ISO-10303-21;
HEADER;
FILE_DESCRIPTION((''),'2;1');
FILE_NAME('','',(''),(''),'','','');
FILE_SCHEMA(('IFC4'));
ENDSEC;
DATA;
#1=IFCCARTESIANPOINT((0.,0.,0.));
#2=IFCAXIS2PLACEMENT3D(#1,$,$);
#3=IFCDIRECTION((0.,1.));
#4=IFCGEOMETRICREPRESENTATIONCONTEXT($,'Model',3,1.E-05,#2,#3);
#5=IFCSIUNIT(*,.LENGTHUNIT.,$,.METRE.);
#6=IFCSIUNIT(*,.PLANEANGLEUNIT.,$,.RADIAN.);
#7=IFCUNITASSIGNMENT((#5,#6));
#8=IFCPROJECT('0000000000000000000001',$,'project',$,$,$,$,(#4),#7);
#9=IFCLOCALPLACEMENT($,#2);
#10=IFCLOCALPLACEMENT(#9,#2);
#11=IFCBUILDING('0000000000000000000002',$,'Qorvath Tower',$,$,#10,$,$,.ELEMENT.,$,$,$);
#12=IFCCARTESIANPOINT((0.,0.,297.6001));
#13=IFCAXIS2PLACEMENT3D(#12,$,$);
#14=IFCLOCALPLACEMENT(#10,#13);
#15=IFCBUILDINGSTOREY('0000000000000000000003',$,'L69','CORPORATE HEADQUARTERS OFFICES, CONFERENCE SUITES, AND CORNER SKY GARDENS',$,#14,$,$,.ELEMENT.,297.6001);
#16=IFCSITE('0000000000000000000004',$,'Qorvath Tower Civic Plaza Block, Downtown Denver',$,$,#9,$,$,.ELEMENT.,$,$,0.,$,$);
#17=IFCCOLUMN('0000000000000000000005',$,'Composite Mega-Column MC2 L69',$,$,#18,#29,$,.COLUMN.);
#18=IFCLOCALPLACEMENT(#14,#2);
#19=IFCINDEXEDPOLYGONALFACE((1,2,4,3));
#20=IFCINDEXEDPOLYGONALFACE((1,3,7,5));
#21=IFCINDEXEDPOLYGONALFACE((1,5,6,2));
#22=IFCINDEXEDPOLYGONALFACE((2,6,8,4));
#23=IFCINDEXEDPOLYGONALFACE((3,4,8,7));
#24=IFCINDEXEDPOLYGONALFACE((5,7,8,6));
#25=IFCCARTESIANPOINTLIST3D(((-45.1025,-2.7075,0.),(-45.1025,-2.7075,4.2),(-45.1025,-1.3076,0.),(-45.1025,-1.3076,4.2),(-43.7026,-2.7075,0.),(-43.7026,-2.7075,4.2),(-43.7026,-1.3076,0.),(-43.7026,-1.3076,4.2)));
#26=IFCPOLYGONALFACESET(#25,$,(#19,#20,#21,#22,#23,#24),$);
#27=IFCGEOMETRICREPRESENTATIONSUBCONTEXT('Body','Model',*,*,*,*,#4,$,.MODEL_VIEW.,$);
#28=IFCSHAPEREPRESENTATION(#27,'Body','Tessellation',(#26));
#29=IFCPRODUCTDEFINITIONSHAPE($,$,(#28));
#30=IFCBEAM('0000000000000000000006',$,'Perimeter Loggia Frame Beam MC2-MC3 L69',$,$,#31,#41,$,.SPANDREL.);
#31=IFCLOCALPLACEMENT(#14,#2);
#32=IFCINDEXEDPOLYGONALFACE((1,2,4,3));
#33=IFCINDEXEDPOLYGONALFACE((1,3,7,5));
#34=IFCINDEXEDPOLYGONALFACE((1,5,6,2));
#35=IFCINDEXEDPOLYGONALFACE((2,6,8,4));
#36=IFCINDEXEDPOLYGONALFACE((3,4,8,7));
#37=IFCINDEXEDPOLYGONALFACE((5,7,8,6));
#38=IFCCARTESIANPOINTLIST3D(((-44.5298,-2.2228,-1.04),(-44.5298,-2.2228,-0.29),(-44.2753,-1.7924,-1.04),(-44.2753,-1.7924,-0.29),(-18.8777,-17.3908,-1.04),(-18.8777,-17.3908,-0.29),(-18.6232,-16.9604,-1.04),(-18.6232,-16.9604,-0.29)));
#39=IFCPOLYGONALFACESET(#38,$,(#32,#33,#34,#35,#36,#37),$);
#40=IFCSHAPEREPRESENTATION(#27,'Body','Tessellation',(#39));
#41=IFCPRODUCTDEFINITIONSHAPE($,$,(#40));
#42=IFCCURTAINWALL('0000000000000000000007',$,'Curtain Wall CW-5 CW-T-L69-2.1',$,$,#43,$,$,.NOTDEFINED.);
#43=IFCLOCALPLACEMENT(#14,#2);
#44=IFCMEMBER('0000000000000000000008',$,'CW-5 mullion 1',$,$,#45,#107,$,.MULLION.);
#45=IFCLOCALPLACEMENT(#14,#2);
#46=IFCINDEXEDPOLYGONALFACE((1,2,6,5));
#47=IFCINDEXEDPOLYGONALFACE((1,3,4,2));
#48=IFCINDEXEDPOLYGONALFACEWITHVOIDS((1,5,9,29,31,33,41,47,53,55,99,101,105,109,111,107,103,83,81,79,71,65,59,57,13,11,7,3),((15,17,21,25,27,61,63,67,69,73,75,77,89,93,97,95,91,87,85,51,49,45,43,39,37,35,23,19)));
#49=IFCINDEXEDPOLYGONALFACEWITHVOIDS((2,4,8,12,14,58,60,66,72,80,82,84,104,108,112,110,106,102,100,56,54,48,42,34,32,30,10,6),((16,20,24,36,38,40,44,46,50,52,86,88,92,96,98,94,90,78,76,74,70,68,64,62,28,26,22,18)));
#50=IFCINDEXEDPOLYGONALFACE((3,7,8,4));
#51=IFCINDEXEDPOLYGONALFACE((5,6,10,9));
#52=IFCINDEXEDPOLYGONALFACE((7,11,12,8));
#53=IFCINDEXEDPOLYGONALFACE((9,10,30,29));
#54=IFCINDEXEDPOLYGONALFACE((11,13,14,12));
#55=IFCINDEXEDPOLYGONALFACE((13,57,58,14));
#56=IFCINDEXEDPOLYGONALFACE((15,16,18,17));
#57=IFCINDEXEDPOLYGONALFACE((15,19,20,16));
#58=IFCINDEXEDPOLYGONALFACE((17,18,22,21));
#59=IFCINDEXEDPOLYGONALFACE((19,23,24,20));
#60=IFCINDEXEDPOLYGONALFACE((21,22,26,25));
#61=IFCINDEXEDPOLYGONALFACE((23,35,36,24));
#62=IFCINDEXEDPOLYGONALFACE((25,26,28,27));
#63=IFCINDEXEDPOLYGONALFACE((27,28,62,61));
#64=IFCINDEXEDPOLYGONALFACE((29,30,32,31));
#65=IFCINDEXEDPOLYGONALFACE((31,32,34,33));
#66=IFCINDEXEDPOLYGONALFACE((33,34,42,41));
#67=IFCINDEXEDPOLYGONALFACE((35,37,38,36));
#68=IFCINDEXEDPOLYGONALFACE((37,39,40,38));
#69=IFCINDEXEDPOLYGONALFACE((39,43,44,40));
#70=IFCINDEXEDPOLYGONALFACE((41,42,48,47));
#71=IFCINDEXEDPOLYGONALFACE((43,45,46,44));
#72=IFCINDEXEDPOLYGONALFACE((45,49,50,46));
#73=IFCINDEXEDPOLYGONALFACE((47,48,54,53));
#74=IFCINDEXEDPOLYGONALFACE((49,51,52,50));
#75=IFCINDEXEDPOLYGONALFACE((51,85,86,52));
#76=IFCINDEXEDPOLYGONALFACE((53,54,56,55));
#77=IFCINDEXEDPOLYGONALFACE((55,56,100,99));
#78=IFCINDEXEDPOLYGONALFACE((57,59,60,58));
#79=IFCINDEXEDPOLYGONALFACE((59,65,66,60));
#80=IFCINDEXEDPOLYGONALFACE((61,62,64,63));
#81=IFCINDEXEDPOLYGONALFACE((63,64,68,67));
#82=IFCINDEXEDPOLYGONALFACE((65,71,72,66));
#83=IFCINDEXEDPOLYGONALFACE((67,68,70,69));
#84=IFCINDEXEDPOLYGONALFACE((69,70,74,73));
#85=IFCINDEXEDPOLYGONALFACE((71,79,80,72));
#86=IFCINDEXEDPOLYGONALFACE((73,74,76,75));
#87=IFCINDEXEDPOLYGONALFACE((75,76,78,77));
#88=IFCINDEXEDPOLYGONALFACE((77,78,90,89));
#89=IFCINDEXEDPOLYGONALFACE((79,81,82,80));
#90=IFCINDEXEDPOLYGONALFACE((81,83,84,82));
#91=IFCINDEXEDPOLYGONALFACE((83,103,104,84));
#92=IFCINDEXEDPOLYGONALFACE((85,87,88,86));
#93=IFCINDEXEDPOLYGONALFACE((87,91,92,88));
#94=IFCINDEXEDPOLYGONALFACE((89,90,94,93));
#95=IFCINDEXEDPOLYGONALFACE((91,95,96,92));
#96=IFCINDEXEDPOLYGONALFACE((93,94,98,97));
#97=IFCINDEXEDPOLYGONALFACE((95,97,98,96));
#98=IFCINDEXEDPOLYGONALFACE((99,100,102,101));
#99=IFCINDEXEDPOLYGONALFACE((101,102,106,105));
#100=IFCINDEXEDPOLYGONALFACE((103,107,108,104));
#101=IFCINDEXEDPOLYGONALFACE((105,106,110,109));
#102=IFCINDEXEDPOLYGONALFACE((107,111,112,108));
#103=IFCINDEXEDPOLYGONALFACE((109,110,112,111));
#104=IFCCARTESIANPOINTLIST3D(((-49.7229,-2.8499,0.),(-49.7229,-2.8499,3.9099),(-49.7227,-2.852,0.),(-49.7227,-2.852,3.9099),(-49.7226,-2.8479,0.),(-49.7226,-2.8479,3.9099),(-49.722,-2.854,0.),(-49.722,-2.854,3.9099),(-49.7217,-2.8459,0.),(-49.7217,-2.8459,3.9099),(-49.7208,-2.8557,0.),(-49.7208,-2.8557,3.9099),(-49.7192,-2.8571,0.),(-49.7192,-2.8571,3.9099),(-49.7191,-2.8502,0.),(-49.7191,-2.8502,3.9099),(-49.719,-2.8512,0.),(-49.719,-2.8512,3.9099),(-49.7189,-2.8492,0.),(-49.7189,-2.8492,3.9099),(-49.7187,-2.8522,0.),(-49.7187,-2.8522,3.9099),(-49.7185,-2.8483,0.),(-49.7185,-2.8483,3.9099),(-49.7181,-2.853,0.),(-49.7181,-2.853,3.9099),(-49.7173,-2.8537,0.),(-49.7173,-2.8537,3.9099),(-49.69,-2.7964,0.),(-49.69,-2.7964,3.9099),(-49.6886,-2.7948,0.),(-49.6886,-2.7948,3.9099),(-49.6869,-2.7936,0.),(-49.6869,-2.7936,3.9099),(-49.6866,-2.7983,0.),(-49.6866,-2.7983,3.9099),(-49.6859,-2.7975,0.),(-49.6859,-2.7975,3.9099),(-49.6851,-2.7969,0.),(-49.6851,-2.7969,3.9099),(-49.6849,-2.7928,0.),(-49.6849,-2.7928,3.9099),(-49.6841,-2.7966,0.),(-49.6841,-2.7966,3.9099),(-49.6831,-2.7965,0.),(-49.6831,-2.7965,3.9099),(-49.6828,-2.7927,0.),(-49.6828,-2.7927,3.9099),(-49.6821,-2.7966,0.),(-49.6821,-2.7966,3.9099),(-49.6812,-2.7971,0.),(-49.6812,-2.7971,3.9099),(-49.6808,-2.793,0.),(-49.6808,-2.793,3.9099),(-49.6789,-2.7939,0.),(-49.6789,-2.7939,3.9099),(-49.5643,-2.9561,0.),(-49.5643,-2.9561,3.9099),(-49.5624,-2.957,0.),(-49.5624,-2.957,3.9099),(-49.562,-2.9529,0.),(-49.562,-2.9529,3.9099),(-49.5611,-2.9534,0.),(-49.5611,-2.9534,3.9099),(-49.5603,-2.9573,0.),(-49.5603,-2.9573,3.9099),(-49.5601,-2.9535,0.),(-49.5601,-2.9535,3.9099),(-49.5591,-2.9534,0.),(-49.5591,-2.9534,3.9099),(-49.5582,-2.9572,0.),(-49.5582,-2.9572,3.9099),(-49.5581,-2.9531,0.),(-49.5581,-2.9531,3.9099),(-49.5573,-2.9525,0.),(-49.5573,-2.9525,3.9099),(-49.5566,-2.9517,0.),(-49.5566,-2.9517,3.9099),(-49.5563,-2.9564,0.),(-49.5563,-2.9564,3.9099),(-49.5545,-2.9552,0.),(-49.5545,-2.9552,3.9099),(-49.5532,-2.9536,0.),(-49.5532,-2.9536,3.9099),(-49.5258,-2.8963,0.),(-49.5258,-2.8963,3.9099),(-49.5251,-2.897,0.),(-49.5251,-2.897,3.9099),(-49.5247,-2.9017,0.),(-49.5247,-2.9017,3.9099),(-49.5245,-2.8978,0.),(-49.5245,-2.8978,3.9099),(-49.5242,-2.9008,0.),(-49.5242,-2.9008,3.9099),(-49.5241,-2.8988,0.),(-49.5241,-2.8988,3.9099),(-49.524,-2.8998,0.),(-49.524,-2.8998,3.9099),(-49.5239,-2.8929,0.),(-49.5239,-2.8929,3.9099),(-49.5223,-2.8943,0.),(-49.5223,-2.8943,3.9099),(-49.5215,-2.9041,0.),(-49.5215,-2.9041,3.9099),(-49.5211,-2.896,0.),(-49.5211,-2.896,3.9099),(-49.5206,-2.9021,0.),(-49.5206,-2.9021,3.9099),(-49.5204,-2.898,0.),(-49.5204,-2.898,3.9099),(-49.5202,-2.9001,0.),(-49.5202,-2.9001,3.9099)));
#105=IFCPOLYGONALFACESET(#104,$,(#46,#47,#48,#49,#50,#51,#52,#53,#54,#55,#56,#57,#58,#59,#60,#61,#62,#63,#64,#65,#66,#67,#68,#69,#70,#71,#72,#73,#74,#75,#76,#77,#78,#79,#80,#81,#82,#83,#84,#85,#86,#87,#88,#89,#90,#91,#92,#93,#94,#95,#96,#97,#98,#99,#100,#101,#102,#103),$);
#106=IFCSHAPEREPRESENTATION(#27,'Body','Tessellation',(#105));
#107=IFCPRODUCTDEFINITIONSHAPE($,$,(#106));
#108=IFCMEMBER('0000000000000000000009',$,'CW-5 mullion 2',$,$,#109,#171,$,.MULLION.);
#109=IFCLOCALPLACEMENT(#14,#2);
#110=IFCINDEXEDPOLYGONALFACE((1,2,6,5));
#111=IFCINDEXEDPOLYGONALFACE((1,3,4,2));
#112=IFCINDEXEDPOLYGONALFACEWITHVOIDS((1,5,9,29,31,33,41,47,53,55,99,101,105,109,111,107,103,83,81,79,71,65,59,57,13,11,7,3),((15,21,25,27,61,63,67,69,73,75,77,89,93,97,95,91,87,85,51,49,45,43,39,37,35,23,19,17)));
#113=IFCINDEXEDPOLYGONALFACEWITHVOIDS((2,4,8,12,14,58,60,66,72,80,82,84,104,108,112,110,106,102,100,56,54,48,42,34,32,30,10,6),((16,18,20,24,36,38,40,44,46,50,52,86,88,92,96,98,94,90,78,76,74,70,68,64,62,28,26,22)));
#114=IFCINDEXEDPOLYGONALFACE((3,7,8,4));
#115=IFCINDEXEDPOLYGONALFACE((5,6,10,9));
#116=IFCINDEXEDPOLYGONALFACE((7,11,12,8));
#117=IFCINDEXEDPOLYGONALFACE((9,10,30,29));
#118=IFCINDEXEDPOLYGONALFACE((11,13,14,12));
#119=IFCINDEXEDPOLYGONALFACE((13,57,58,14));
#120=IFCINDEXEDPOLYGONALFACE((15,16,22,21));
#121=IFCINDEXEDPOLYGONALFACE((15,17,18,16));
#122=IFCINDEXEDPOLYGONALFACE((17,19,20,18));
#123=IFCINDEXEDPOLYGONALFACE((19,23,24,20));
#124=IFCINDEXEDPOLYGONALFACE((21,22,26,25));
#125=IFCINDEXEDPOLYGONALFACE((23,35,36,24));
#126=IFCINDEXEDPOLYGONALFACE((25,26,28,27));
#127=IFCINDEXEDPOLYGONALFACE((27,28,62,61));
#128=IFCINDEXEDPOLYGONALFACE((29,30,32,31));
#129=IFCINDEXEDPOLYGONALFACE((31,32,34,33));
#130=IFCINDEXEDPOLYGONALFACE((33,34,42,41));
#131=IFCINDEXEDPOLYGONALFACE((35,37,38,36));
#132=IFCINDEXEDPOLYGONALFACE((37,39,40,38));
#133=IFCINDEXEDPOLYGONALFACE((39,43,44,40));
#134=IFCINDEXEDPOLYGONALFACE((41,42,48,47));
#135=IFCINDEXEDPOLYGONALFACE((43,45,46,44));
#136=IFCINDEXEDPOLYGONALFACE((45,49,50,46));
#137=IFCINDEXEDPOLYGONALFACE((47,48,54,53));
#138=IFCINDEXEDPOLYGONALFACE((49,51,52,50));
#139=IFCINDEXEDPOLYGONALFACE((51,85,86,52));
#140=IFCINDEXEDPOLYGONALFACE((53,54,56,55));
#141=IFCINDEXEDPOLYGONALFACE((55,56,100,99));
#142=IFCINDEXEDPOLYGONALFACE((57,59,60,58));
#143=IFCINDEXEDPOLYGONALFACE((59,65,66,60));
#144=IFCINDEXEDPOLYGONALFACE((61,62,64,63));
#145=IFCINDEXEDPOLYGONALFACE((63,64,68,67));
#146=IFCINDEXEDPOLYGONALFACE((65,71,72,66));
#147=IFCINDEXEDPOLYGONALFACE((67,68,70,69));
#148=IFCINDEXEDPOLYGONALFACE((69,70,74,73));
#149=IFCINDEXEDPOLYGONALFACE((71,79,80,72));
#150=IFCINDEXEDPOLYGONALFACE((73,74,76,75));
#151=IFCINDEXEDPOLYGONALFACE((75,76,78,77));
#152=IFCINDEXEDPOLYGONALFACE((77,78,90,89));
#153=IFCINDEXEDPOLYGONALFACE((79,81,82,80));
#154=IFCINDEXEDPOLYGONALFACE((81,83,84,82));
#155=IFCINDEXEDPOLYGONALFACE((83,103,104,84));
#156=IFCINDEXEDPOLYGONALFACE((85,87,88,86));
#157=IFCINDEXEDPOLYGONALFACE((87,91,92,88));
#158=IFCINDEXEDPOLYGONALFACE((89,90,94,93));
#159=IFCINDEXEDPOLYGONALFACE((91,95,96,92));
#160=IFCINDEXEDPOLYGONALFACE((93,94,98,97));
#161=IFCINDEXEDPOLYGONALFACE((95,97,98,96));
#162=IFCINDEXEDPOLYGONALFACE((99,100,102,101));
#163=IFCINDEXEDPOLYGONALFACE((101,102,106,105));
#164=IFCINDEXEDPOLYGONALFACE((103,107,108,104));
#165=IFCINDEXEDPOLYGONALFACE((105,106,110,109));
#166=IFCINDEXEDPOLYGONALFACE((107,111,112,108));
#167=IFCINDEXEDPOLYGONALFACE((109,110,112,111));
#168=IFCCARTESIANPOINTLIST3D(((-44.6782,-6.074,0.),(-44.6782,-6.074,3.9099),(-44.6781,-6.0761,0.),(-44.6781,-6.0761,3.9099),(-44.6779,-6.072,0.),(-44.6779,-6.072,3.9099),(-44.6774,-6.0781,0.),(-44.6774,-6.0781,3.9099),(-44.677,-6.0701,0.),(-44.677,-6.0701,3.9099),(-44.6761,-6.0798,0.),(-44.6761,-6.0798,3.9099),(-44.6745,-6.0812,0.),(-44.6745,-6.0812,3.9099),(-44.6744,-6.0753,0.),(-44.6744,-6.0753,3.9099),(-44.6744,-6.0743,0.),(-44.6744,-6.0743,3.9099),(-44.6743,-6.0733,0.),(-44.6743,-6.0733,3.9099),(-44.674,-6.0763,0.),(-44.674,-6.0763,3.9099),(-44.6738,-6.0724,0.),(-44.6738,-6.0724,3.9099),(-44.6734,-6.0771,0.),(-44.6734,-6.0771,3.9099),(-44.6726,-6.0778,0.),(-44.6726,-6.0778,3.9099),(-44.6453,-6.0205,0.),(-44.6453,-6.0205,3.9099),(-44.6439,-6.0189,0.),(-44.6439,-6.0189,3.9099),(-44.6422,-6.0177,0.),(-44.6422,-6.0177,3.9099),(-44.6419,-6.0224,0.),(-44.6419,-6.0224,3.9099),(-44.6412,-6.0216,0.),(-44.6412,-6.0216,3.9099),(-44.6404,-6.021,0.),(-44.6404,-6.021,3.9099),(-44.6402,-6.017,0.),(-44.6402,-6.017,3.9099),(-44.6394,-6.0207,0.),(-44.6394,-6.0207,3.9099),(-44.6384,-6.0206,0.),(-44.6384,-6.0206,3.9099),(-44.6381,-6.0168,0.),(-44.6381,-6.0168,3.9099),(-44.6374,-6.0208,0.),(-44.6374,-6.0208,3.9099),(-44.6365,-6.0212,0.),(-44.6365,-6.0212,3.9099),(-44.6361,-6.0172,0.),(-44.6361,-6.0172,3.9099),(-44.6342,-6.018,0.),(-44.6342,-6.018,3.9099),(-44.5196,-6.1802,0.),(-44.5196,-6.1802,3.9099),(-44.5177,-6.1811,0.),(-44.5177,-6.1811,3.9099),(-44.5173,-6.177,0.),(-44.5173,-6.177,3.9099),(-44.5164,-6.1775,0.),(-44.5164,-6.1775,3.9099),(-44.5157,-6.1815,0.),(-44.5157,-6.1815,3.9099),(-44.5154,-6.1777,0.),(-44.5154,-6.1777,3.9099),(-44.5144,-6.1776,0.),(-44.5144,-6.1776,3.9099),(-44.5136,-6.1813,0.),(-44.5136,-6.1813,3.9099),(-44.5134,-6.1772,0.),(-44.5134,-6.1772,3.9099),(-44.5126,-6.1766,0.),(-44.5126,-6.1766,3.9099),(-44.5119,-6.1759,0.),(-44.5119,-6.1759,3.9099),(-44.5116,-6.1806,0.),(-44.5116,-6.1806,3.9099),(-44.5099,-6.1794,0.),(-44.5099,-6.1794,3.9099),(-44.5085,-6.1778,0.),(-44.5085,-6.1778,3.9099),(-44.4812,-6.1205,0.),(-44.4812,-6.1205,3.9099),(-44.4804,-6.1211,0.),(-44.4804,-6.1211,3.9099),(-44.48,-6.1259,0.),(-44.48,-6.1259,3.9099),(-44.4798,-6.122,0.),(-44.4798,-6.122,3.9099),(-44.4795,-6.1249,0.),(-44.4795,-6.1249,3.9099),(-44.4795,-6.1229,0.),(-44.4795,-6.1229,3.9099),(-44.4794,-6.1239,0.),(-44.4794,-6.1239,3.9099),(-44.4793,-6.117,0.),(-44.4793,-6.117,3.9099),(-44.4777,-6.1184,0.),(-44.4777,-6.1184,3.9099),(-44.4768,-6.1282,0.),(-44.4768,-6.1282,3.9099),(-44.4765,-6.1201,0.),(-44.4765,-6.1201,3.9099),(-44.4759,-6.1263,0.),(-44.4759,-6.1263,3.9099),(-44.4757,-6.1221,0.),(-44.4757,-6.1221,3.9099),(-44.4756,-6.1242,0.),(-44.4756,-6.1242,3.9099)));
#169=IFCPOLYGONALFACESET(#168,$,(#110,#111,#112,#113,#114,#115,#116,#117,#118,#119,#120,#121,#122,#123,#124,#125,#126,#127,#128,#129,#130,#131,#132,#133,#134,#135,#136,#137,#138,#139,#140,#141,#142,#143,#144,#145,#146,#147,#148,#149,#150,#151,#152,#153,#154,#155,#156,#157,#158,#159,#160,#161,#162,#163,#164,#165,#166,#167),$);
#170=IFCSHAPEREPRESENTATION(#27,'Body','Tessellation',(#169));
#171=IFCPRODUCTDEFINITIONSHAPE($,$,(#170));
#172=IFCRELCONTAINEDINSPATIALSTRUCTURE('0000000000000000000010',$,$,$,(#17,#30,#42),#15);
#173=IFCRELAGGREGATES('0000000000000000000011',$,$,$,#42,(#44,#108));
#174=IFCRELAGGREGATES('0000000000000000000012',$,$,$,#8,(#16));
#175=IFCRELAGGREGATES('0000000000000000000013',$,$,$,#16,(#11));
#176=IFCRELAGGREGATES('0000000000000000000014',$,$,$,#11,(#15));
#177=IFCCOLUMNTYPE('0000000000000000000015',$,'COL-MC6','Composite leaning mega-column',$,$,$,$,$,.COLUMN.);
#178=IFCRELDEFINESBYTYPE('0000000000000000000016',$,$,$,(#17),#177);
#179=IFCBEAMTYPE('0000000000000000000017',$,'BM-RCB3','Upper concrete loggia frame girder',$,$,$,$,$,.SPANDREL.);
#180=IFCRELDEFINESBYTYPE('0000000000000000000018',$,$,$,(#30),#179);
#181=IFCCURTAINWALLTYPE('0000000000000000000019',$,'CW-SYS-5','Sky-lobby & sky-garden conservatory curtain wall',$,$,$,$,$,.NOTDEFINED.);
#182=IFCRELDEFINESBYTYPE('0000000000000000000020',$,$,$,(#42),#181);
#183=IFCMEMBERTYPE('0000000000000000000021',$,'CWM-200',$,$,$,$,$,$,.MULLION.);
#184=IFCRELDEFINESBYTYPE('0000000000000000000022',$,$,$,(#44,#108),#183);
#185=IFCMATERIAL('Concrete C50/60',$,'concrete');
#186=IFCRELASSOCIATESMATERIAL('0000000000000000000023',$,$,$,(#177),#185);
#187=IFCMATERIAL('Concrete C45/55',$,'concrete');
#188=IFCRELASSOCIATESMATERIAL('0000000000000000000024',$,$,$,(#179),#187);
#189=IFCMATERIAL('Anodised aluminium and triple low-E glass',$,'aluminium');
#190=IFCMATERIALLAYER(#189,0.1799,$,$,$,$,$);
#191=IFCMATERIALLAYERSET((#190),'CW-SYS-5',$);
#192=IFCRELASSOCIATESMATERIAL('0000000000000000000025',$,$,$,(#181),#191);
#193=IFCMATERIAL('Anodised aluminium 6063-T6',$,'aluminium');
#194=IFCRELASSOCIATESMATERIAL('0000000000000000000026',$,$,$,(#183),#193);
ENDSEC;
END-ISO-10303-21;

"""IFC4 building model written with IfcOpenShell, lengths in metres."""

from ifc_helpers import new_model, si_unit, direction, frame, origin, origin_2d, place, context, subcontext, project, spatial, rectangle, hollow_rectangle, extrude, material, layer, layer_set, material_profile, profile_set, type_object, element, aggregate, save


model = new_model("IFC4")

# Units and contexts
model_context = context("Model", 3, precision=1e-05, world=origin(), true_north=direction((0.0, 1.0)))
body_context = subcontext(model_context, "Body", "Model", "MODEL_VIEW")
ifc_project = project(units=[si_unit("LENGTHUNIT", "METRE"), si_unit("PLANEANGLEUNIT", "RADIAN")], contexts=[model_context])

# Site, building, storey
site_placement = place(None, origin())
site = spatial("IfcSite", under=ifc_project, at=site_placement, Name="Qorvath Tower Civic Plaza Block, Downtown Denver", CompositionType="ELEMENT", RefElevation=0.0)
building_placement = place(site_placement, origin())
building = spatial("IfcBuilding", under=site, at=building_placement, Name="Qorvath Tower", CompositionType="ELEMENT")
storey_placement = place(building_placement, frame((0.0, 0.0, 297.6001)))
storey = spatial("IfcBuildingStorey", under=building, at=storey_placement, Name="L69", Description="CORPORATE HEADQUARTERS OFFICES, CONFERENCE SUITES, AND CORNER SKY GARDENS", CompositionType="ELEMENT", Elevation=297.6001)

# Column
ifc_material_1 = material(Name="Concrete C50/60", Category="concrete")
ifc_material_profile_1 = material_profile(ifc_material_1, rectangle(XDim=1.3999, YDim=1.3999, at=origin_2d()), Name="MC 1400x1400")
ifc_profile_set_1 = profile_set([ifc_material_profile_1], Name="Concrete C50/60")
column_type = type_object("IfcColumnType", Name="COL-MC6", Description="Composite leaning mega-column", PredefinedType="COLUMN", material=ifc_profile_set_1)
column_placement = place(storey_placement, frame((-44.4026, -2.0076, 0.0), z_axis=(0.0, 0.0, 1.0), x_axis=(1.0, 0.0, 0.0)))
element("IfcColumn", 1, at=column_placement, inside=storey, type_object=column_type, Name="Composite Mega-Column MC2 L69", PredefinedType="COLUMN", context=body_context, shape_type="SweptSolid", body=[
    extrude(rectangle(XDim=1.3999, YDim=1.3999, at=origin_2d()), origin(), (0.0, 0.0, 1.0), 4.2),
])

# Beam
ifc_material_2 = material(Name="Concrete C45/55", Category="concrete")
ifc_material_profile_2 = material_profile(ifc_material_2, rectangle(XDim=0.5, YDim=0.75, at=origin_2d()), Name="RCB 750x500")
ifc_profile_set_2 = profile_set([ifc_material_profile_2], Name="Concrete C45/55")
beam_type = type_object("IfcBeamType", Name="BM-RCB3", Description="Upper concrete loggia frame girder", PredefinedType="SPANDREL", material=ifc_profile_set_2)
beam_placement = place(storey_placement, frame((-44.4026, -2.0076, -0.665), z_axis=(0.860781, -0.508976, 0.0), x_axis=(0.508976, 0.860781, 0.0)))
element("IfcBeam", 2, at=beam_placement, inside=storey, type_object=beam_type, Name="Perimeter Loggia Frame Beam MC2-MC3 L69", PredefinedType="SPANDREL", context=body_context, shape_type="SweptSolid", body=[
    extrude(rectangle(XDim=0.5, YDim=0.75, at=origin_2d()), origin(), (0.0, 0.0, 1.0), 29.801),
])

# Curtain wall, members
ifc_material_3 = material(Name="Anodised aluminium and triple low-E glass", Category="aluminium")
ifc_layer_1 = layer(ifc_material_3, 0.1799)
ifc_layer_set_1 = layer_set([ifc_layer_1], Name="CW-SYS-5")
curtain_wall_type = type_object("IfcCurtainWallType", Name="CW-SYS-5", Description="Sky-lobby & sky-garden conservatory curtain wall", PredefinedType="NOTDEFINED", material=ifc_layer_set_1)
curtain_wall_placement = place(storey_placement, origin())
curtain_wall = element("IfcCurtainWall", 3, at=curtain_wall_placement, inside=storey, type_object=curtain_wall_type, Name="Curtain Wall CW-5 CW-T-L69-2.1", PredefinedType="NOTDEFINED")
ifc_material_4 = material(Name="Anodised aluminium 6063-T6", Category="aluminium")
ifc_material_profile_3 = material_profile(ifc_material_4, hollow_rectangle(XDim=0.075, YDim=0.2, WallThickness=0.0039, InnerFilletRadius=0.0039, OuterFilletRadius=0.0081, at=origin_2d()), Name="CWM 200x75")
ifc_profile_set_3 = profile_set([ifc_material_profile_3], Name="Anodised aluminium 6063-T6")
member_type_1 = type_object("IfcMemberType", Name="CWM-200", PredefinedType="MULLION", material=ifc_profile_set_3)
member_1_placement = place(storey_placement, frame((-49.6216, -2.875, 0.0), z_axis=(0.0, 0.0, 1.0), x_axis=(0.538537, 0.842602, 0.0)))
member_1 = element("IfcMember", 4, at=member_1_placement, type_object=member_type_1, Name="CW-5 mullion 1", PredefinedType="MULLION", context=body_context, shape_type="SweptSolid", body=[
    extrude(hollow_rectangle(XDim=0.075, YDim=0.2, WallThickness=0.0039, InnerFilletRadius=0.0039, OuterFilletRadius=0.0081, at=origin_2d()), origin(), (0.0, 0.0, 1.0), 3.9099),
])
member_2_placement = place(storey_placement, frame((-44.5769, -6.0991, 0.0), z_axis=(0.0, 0.0, 1.0), x_axis=(0.538537, 0.842602, 0.0)))
member_2 = element("IfcMember", 5, at=member_2_placement, type_object=member_type_1, Name="CW-5 mullion 2", PredefinedType="MULLION", context=body_context, shape_type="SweptSolid", body=[
    extrude(hollow_rectangle(XDim=0.075, YDim=0.2, WallThickness=0.0039, InnerFilletRadius=0.0039, OuterFilletRadius=0.0081, at=origin_2d()), origin(), (0.0, 0.0, 1.0), 3.9099),
])
aggregate(curtain_wall, [member_1, member_2])

save(model, "model.ifc")
